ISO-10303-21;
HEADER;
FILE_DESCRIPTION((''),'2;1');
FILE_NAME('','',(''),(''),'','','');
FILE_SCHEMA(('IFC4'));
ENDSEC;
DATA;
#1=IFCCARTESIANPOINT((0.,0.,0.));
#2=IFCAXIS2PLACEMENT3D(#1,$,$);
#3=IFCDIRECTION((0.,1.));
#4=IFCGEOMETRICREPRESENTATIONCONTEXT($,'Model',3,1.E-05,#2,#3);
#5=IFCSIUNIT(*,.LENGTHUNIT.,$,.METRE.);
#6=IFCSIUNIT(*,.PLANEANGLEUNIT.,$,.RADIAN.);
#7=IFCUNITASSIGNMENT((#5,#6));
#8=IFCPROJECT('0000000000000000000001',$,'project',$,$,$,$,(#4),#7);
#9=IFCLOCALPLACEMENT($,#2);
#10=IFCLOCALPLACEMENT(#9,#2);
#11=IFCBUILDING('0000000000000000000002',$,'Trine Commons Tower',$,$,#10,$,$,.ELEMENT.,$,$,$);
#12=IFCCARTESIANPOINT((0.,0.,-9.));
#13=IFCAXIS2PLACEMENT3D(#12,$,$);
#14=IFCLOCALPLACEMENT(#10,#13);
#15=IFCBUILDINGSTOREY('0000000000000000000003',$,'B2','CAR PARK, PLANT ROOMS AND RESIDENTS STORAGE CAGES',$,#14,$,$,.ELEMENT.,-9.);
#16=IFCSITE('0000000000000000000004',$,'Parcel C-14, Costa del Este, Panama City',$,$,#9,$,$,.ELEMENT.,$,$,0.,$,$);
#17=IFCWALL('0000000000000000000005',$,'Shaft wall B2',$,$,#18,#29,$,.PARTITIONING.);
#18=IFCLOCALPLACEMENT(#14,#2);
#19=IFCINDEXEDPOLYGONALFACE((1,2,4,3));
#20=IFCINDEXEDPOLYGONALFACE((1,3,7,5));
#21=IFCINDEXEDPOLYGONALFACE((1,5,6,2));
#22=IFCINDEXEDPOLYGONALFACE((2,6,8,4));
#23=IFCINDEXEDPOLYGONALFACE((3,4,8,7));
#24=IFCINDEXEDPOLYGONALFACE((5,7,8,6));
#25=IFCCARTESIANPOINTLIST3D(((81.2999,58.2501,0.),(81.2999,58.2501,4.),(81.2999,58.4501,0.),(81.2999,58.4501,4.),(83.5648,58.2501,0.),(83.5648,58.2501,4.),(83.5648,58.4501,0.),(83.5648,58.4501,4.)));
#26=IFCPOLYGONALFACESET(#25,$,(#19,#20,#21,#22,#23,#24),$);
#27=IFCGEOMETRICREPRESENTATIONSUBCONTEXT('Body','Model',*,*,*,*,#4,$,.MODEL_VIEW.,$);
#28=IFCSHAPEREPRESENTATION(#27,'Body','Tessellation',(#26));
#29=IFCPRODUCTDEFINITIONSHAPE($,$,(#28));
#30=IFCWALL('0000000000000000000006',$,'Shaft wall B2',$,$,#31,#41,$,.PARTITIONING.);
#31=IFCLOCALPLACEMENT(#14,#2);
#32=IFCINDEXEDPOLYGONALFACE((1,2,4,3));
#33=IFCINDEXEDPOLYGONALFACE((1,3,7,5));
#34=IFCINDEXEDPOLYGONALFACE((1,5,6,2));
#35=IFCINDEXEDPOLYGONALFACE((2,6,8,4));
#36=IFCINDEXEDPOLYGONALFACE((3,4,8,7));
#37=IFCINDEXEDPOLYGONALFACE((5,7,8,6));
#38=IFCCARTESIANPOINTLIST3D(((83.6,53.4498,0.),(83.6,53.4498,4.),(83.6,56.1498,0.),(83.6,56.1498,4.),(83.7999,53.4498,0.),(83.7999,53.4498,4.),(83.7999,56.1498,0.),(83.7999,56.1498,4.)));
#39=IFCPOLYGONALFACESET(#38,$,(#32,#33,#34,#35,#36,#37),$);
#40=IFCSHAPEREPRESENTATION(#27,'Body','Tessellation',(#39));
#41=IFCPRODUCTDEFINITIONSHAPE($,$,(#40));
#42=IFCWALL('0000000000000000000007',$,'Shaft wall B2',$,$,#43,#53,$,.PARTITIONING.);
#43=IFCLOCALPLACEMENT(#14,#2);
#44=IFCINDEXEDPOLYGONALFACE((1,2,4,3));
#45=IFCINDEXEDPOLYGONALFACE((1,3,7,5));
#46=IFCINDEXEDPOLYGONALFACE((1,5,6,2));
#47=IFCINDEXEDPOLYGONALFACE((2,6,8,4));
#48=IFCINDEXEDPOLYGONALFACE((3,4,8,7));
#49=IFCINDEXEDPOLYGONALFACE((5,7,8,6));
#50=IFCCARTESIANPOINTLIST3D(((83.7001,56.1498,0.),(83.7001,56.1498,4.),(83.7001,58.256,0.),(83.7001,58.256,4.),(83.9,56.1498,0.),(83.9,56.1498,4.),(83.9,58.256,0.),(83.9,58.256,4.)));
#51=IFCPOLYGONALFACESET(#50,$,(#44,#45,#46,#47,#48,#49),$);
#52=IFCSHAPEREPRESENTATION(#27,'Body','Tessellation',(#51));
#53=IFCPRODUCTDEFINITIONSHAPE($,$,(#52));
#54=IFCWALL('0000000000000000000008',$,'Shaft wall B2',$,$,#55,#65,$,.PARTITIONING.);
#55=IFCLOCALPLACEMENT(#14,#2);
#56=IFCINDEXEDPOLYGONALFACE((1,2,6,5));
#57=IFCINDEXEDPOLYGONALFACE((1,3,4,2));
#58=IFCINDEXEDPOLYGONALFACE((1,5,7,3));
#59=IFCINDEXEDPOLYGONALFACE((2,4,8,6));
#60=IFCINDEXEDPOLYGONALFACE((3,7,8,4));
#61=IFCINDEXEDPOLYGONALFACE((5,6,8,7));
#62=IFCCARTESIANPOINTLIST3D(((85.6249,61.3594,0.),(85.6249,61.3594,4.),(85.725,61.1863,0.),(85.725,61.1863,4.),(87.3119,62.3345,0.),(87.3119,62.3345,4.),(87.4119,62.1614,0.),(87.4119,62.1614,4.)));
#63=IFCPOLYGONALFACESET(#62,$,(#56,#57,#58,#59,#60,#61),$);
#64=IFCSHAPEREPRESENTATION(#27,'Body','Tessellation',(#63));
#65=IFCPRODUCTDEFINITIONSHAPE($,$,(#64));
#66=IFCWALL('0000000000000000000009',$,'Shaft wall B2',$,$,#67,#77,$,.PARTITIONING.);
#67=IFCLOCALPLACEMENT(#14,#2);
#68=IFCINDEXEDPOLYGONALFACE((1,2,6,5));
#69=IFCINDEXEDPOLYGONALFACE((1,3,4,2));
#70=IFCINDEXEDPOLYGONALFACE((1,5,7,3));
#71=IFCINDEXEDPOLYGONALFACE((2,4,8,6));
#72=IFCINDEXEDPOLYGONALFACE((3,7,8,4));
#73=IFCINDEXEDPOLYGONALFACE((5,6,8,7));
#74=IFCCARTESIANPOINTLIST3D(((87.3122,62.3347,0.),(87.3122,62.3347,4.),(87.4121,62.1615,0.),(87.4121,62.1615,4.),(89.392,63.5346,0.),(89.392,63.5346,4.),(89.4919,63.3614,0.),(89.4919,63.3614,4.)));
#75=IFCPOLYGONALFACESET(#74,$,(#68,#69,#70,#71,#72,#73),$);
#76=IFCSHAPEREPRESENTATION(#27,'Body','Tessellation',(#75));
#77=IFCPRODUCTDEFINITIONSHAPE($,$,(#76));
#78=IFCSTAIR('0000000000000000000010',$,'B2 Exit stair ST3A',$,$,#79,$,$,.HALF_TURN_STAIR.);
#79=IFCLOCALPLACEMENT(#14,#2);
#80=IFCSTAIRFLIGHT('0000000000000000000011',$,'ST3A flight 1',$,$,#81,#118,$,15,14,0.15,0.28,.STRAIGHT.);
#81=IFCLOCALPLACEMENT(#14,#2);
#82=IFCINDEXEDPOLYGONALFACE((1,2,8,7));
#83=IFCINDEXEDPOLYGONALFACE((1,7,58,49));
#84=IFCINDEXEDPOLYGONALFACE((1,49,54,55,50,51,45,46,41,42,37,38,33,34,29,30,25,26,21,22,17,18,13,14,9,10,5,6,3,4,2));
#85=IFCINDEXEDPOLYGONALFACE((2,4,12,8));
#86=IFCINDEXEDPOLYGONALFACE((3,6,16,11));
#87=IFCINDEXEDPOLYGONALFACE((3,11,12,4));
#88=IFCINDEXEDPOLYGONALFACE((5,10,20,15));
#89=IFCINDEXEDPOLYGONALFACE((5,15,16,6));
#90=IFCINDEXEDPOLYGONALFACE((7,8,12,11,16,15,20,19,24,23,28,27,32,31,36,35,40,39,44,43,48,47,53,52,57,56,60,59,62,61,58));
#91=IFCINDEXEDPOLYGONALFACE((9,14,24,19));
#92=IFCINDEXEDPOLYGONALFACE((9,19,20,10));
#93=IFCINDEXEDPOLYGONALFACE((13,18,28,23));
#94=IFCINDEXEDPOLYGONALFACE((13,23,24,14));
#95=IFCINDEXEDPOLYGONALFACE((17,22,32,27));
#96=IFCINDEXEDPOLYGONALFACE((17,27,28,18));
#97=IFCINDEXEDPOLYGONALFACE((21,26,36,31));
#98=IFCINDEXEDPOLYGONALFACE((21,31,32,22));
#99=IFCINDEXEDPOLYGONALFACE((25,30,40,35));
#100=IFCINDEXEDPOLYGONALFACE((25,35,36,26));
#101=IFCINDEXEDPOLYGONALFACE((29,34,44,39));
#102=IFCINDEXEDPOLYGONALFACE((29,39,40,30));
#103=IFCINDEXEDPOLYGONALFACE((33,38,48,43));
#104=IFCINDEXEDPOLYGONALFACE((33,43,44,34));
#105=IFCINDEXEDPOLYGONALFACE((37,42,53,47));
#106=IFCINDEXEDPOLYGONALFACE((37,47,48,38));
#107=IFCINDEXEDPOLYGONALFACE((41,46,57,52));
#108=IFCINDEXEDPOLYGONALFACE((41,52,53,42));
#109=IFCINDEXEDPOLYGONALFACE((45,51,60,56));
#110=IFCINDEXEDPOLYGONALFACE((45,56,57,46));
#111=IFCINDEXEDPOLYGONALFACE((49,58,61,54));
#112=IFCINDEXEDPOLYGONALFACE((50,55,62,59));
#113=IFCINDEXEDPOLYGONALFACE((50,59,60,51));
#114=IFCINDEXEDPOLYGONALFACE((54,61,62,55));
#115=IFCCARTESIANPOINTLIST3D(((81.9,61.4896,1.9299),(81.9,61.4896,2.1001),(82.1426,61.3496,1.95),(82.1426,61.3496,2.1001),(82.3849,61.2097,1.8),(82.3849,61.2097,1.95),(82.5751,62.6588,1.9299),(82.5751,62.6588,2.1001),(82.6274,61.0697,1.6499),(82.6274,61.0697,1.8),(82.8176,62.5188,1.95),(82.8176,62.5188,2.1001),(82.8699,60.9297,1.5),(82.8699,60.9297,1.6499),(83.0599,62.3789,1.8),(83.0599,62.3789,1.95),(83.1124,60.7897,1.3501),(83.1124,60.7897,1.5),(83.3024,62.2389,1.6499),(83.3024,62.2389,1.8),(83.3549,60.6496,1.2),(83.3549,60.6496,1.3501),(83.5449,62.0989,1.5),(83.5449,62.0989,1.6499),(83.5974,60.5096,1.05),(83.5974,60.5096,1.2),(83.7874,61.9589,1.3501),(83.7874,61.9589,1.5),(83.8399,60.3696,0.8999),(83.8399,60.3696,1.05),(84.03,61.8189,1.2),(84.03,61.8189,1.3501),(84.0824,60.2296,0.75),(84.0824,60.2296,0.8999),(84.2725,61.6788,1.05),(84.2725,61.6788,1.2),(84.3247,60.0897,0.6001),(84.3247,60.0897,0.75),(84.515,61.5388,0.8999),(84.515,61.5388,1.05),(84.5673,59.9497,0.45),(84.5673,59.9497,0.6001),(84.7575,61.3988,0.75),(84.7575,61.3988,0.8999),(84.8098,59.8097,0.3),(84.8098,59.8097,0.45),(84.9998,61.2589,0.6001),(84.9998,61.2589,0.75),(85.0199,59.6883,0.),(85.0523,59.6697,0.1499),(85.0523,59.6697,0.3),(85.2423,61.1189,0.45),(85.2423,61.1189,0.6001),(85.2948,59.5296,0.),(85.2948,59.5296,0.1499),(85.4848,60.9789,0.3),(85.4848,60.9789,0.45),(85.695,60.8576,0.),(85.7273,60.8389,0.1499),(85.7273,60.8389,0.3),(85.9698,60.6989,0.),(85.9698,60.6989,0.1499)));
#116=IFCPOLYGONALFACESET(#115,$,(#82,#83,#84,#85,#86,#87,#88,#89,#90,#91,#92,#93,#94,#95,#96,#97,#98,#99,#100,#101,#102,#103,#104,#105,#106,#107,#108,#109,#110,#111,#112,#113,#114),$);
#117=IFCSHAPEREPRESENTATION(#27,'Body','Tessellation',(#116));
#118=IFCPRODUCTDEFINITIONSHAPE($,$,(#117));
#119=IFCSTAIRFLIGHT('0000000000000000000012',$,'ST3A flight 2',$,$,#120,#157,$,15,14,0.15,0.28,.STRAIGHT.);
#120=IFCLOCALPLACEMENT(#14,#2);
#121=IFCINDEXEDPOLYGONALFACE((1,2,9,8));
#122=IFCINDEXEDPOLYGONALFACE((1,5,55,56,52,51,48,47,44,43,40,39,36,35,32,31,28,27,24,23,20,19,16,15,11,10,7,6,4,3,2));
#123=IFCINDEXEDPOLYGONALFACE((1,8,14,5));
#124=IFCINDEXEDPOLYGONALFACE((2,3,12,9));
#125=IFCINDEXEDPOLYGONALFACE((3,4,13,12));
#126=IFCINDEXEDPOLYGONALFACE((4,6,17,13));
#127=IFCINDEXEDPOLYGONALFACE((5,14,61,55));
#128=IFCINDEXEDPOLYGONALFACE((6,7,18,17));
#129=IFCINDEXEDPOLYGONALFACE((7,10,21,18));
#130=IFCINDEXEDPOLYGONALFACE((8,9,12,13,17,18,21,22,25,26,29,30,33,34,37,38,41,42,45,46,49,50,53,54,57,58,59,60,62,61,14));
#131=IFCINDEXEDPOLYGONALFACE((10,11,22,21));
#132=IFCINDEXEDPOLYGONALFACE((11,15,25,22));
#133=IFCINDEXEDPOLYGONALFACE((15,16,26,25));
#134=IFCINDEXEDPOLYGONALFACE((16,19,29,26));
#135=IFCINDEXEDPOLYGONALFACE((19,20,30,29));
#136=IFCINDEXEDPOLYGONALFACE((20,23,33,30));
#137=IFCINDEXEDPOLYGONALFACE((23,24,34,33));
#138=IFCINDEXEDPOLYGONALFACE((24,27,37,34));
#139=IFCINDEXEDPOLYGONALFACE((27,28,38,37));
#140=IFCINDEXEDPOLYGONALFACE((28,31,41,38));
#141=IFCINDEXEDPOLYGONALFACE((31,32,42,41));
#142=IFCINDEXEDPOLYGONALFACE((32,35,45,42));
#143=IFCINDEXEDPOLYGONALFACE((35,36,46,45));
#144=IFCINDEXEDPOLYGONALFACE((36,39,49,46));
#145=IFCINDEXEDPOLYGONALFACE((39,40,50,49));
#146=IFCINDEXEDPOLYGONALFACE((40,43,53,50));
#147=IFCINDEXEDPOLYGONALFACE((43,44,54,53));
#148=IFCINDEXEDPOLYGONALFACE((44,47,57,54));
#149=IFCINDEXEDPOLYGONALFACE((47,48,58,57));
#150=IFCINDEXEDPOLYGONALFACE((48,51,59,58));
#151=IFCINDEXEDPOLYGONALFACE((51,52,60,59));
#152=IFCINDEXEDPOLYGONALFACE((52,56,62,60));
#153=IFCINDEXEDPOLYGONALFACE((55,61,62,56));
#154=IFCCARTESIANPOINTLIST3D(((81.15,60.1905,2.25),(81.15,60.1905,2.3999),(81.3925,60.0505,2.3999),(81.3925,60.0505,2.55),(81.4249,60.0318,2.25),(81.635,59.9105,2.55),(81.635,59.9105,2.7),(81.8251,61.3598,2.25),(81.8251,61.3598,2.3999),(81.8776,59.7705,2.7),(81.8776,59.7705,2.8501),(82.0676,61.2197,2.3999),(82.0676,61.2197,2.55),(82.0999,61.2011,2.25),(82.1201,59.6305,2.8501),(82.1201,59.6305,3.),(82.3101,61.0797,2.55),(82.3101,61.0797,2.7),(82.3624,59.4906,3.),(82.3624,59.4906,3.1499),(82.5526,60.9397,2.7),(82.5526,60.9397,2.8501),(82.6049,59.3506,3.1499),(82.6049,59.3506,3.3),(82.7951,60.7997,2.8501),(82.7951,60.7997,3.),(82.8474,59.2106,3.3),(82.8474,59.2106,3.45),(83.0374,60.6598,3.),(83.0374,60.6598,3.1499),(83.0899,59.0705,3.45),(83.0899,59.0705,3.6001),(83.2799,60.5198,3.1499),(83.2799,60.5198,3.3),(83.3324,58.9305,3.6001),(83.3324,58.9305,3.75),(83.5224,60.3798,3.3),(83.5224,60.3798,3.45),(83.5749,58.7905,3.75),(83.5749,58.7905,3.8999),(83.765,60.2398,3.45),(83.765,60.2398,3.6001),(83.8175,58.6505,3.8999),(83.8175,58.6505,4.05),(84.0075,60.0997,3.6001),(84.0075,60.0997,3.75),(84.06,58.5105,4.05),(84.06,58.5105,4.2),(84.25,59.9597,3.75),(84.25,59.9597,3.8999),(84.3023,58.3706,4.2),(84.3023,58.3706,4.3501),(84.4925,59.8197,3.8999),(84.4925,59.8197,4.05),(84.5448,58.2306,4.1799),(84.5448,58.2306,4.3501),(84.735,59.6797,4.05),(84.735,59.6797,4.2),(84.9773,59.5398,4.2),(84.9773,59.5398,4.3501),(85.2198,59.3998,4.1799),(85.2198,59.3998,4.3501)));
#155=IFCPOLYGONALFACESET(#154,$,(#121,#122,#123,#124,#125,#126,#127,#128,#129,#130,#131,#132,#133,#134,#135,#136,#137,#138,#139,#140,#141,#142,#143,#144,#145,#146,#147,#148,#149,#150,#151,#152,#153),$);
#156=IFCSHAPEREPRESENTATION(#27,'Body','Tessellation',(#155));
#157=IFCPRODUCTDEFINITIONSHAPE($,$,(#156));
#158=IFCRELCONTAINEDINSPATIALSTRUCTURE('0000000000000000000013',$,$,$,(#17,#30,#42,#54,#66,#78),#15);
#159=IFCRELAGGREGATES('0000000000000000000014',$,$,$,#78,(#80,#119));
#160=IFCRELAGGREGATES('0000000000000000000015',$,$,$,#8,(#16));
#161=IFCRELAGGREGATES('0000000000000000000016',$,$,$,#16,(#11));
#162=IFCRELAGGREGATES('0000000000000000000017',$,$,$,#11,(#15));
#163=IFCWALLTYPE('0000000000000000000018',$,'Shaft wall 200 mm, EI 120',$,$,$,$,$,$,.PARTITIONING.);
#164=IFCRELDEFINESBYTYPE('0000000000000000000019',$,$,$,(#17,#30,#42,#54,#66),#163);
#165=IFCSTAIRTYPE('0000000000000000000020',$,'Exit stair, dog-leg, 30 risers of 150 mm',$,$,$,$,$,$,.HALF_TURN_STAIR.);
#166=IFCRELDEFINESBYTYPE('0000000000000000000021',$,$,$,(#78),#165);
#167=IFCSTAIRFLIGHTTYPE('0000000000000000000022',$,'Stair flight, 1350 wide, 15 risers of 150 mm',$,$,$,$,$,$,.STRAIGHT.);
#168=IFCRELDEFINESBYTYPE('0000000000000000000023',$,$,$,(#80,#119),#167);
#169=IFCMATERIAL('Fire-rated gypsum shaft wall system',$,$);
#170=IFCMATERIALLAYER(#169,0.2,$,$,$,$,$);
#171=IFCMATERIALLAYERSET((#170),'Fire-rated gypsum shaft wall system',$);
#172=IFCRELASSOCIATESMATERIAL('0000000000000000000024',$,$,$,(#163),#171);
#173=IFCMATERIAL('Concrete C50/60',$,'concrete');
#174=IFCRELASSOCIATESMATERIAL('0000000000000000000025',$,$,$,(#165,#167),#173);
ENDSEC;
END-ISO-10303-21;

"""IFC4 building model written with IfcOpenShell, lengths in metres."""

from ifc_helpers import new_model, si_unit, direction, frame, frame_2d, origin, place, context, subcontext, project, spatial, polyline, rectangle, outline, extrude, material, layer, layer_set, type_object, element, aggregate, save


model = new_model("IFC4")

# Units and contexts
model_context = context("Model", 3, precision=1e-05, world=origin(), true_north=direction((0.0, 1.0)))
body_context = subcontext(model_context, "Body", "Model", "MODEL_VIEW")
ifc_project = project(units=[si_unit("LENGTHUNIT", "METRE"), si_unit("PLANEANGLEUNIT", "RADIAN")], contexts=[model_context])

# Site, building, storey
site_placement = place(None, origin())
site = spatial("IfcSite", under=ifc_project, at=site_placement, Name="Parcel C-14, Costa del Este, Panama City", CompositionType="ELEMENT", RefElevation=0.0)
building_placement = place(site_placement, origin())
building = spatial("IfcBuilding", under=site, at=building_placement, Name="Trine Commons Tower", CompositionType="ELEMENT")
storey_placement = place(building_placement, frame((0.0, 0.0, -9.0)))
storey = spatial("IfcBuildingStorey", under=building, at=storey_placement, Name="B2", Description="CAR PARK, PLANT ROOMS AND RESIDENTS STORAGE CAGES", CompositionType="ELEMENT", Elevation=-9.0)

# Walls
ifc_material_1 = material(Name="Fire-rated gypsum shaft wall system")
ifc_layer_1 = layer(ifc_material_1, 0.2)
ifc_layer_set_1 = layer_set([ifc_layer_1], Name="Fire-rated gypsum shaft wall system")
wall_type_1 = type_object("IfcWallType", Name="Shaft wall 200 mm, EI 120", PredefinedType="PARTITIONING", material=ifc_layer_set_1)
wall_1_placement = place(storey_placement, frame((81.3, 58.3501, 0.0), z_axis=(0.0, 0.0, 1.0), x_axis=(1.0, 0.0, 0.0)))
element("IfcWall", 1, at=wall_1_placement, inside=storey, type_object=wall_type_1, Name="Shaft wall B2", PredefinedType="PARTITIONING", context=body_context, shape_type="SweptSolid", body=[
    extrude(rectangle(XDim=2.2649, YDim=0.2, at=frame_2d((1.1323, 0.0))), origin(), (0.0, 0.0, 1.0), 4.0),
])
wall_2_placement = place(storey_placement, frame((83.7, 56.1499, 0.0), z_axis=(0.0, 0.0, 1.0), x_axis=(0.0, -1.0, 0.0)))
element("IfcWall", 2, at=wall_2_placement, inside=storey, type_object=wall_type_1, Name="Shaft wall B2", PredefinedType="PARTITIONING", context=body_context, shape_type="SweptSolid", body=[
    extrude(rectangle(XDim=2.7, YDim=0.2, at=frame_2d((1.3501, 0.0))), origin(), (0.0, 0.0, 1.0), 4.0),
])
wall_3_placement = place(storey_placement, frame((83.8, 58.2561, 0.0), z_axis=(0.0, 0.0, 1.0), x_axis=(0.0, -1.0, 0.0)))
element("IfcWall", 3, at=wall_3_placement, inside=storey, type_object=wall_type_1, Name="Shaft wall B2", PredefinedType="PARTITIONING", context=body_context, shape_type="SweptSolid", body=[
    extrude(rectangle(XDim=2.1062, YDim=0.2, at=frame_2d((1.0532, 0.0))), origin(), (0.0, 0.0, 1.0), 4.0),
])
wall_4_placement = place(storey_placement, frame((85.675, 61.2729, 0.0), z_axis=(0.0, 0.0, 1.0), x_axis=(0.865781, 0.500424, 0.0)))
element("IfcWall", 4, at=wall_4_placement, inside=storey, type_object=wall_type_1, Name="Shaft wall B2", PredefinedType="PARTITIONING", context=body_context, shape_type="SweptSolid", body=[
    extrude(rectangle(XDim=1.9485, YDim=0.2, at=frame_2d((0.9741, 0.0))), origin(), (0.0, 0.0, 1.0), 4.0),
])
wall_5_placement = place(storey_placement, frame((87.3621, 62.248, 0.0), z_axis=(0.0, 0.0, 1.0), x_axis=(0.866177, 0.499737, 0.0)))
element("IfcWall", 5, at=wall_5_placement, inside=storey, type_object=wall_type_1, Name="Shaft wall B2", PredefinedType="PARTITIONING", context=body_context, shape_type="SweptSolid", body=[
    extrude(rectangle(XDim=2.4011, YDim=0.2, at=frame_2d((1.2007, 0.0))), origin(), (0.0, 0.0, 1.0), 4.0),
])

# Stair, stair flights
ifc_material_2 = material(Name="Concrete C50/60", Category="concrete")
stair_type = type_object("IfcStairType", Name="Exit stair, dog-leg, 30 risers of 150 mm", PredefinedType="HALF_TURN_STAIR", material=ifc_material_2)
stair_placement = place(storey_placement, origin())
stair = element("IfcStair", 6, at=stair_placement, inside=storey, type_object=stair_type, Name="B2 Exit stair ST3A", PredefinedType="HALF_TURN_STAIR")
stair_flight_type = type_object("IfcStairFlightType", Name="Stair flight, 1350 wide, 15 risers of 150 mm", PredefinedType="STRAIGHT", material=ifc_material_2)
stair_flight_1_placement = place(storey_placement, frame((85.6323, 60.1143, 0.0), z_axis=(0.0, 0.0, 1.0), x_axis=(-0.866025, 0.5, 0.0)))
stair_flight_1 = element("IfcStairFlight", 7, at=stair_flight_1_placement, type_object=stair_flight_type, Name="ST3A flight 1", NumberOfRisers=15, NumberOfTreads=14, PredefinedType="STRAIGHT", RiserHeight=0.15, TreadLength=0.28, context=body_context, shape_type="SweptSolid", body=[
    extrude(outline(polyline([(0.0, 0.0), (0.0, 0.1499), (0.28, 0.1499), (0.28, 0.3), (0.5601, 0.3), (0.5601, 0.45), (0.8401, 0.45), (0.8401, 0.6001), (1.1201, 0.6001), (1.1201, 0.75), (1.3999, 0.75), (1.3999, 0.8999), (1.6799, 0.8999), (1.6799, 1.05), (1.96, 1.05), (1.96, 1.2), (2.24, 1.2), (2.24, 1.3501), (2.52, 1.3501), (2.52, 1.5), (2.8, 1.5), (2.8, 1.6499), (3.0801, 1.6499), (3.0801, 1.8), (3.3601, 1.8), (3.3601, 1.95), (3.6399, 1.95), (3.6399, 2.1001), (3.9199, 2.1001), (3.9199, 2.25), (3.9199, 1.9299), (0.3174, 0.0), (0.0, 0.0)])), frame((0.0, 0.675, 0.0), z_axis=(0.0, -1.0, 0.0), x_axis=(1.0, 0.0, 0.0)), (0.0, 0.0, 1.0), 1.3501),
])
stair_flight_2_placement = place(storey_placement, frame((81.4875, 60.7751, 2.25), z_axis=(0.0, 0.0, 1.0), x_axis=(0.866025, -0.5, 0.0)))
stair_flight_2 = element("IfcStairFlight", 8, at=stair_flight_2_placement, type_object=stair_flight_type, Name="ST3A flight 2", NumberOfRisers=15, NumberOfTreads=14, PredefinedType="STRAIGHT", RiserHeight=0.15, TreadLength=0.28, context=body_context, shape_type="SweptSolid", body=[
    extrude(outline(polyline([(0.0, 0.0), (0.0, 0.1499), (0.28, 0.1499), (0.28, 0.3), (0.5601, 0.3), (0.5601, 0.45), (0.8401, 0.45), (0.8401, 0.6001), (1.1201, 0.6001), (1.1201, 0.75), (1.3999, 0.75), (1.3999, 0.8999), (1.6799, 0.8999), (1.6799, 1.05), (1.96, 1.05), (1.96, 1.2), (2.24, 1.2), (2.24, 1.3501), (2.52, 1.3501), (2.52, 1.5), (2.8, 1.5), (2.8, 1.6499), (3.0801, 1.6499), (3.0801, 1.8), (3.3601, 1.8), (3.3601, 1.95), (3.6399, 1.95), (3.6399, 2.1001), (3.9199, 2.1001), (3.9199, 2.25), (3.9199, 1.9299), (0.3174, 0.0), (0.0, 0.0)])), frame((0.0, 0.675, 0.0), z_axis=(0.0, -1.0, 0.0), x_axis=(1.0, 0.0, 0.0)), (0.0, 0.0, 1.0), 1.3501),
])
aggregate(stair, [stair_flight_1, stair_flight_2])

save(model, "model.ifc")
